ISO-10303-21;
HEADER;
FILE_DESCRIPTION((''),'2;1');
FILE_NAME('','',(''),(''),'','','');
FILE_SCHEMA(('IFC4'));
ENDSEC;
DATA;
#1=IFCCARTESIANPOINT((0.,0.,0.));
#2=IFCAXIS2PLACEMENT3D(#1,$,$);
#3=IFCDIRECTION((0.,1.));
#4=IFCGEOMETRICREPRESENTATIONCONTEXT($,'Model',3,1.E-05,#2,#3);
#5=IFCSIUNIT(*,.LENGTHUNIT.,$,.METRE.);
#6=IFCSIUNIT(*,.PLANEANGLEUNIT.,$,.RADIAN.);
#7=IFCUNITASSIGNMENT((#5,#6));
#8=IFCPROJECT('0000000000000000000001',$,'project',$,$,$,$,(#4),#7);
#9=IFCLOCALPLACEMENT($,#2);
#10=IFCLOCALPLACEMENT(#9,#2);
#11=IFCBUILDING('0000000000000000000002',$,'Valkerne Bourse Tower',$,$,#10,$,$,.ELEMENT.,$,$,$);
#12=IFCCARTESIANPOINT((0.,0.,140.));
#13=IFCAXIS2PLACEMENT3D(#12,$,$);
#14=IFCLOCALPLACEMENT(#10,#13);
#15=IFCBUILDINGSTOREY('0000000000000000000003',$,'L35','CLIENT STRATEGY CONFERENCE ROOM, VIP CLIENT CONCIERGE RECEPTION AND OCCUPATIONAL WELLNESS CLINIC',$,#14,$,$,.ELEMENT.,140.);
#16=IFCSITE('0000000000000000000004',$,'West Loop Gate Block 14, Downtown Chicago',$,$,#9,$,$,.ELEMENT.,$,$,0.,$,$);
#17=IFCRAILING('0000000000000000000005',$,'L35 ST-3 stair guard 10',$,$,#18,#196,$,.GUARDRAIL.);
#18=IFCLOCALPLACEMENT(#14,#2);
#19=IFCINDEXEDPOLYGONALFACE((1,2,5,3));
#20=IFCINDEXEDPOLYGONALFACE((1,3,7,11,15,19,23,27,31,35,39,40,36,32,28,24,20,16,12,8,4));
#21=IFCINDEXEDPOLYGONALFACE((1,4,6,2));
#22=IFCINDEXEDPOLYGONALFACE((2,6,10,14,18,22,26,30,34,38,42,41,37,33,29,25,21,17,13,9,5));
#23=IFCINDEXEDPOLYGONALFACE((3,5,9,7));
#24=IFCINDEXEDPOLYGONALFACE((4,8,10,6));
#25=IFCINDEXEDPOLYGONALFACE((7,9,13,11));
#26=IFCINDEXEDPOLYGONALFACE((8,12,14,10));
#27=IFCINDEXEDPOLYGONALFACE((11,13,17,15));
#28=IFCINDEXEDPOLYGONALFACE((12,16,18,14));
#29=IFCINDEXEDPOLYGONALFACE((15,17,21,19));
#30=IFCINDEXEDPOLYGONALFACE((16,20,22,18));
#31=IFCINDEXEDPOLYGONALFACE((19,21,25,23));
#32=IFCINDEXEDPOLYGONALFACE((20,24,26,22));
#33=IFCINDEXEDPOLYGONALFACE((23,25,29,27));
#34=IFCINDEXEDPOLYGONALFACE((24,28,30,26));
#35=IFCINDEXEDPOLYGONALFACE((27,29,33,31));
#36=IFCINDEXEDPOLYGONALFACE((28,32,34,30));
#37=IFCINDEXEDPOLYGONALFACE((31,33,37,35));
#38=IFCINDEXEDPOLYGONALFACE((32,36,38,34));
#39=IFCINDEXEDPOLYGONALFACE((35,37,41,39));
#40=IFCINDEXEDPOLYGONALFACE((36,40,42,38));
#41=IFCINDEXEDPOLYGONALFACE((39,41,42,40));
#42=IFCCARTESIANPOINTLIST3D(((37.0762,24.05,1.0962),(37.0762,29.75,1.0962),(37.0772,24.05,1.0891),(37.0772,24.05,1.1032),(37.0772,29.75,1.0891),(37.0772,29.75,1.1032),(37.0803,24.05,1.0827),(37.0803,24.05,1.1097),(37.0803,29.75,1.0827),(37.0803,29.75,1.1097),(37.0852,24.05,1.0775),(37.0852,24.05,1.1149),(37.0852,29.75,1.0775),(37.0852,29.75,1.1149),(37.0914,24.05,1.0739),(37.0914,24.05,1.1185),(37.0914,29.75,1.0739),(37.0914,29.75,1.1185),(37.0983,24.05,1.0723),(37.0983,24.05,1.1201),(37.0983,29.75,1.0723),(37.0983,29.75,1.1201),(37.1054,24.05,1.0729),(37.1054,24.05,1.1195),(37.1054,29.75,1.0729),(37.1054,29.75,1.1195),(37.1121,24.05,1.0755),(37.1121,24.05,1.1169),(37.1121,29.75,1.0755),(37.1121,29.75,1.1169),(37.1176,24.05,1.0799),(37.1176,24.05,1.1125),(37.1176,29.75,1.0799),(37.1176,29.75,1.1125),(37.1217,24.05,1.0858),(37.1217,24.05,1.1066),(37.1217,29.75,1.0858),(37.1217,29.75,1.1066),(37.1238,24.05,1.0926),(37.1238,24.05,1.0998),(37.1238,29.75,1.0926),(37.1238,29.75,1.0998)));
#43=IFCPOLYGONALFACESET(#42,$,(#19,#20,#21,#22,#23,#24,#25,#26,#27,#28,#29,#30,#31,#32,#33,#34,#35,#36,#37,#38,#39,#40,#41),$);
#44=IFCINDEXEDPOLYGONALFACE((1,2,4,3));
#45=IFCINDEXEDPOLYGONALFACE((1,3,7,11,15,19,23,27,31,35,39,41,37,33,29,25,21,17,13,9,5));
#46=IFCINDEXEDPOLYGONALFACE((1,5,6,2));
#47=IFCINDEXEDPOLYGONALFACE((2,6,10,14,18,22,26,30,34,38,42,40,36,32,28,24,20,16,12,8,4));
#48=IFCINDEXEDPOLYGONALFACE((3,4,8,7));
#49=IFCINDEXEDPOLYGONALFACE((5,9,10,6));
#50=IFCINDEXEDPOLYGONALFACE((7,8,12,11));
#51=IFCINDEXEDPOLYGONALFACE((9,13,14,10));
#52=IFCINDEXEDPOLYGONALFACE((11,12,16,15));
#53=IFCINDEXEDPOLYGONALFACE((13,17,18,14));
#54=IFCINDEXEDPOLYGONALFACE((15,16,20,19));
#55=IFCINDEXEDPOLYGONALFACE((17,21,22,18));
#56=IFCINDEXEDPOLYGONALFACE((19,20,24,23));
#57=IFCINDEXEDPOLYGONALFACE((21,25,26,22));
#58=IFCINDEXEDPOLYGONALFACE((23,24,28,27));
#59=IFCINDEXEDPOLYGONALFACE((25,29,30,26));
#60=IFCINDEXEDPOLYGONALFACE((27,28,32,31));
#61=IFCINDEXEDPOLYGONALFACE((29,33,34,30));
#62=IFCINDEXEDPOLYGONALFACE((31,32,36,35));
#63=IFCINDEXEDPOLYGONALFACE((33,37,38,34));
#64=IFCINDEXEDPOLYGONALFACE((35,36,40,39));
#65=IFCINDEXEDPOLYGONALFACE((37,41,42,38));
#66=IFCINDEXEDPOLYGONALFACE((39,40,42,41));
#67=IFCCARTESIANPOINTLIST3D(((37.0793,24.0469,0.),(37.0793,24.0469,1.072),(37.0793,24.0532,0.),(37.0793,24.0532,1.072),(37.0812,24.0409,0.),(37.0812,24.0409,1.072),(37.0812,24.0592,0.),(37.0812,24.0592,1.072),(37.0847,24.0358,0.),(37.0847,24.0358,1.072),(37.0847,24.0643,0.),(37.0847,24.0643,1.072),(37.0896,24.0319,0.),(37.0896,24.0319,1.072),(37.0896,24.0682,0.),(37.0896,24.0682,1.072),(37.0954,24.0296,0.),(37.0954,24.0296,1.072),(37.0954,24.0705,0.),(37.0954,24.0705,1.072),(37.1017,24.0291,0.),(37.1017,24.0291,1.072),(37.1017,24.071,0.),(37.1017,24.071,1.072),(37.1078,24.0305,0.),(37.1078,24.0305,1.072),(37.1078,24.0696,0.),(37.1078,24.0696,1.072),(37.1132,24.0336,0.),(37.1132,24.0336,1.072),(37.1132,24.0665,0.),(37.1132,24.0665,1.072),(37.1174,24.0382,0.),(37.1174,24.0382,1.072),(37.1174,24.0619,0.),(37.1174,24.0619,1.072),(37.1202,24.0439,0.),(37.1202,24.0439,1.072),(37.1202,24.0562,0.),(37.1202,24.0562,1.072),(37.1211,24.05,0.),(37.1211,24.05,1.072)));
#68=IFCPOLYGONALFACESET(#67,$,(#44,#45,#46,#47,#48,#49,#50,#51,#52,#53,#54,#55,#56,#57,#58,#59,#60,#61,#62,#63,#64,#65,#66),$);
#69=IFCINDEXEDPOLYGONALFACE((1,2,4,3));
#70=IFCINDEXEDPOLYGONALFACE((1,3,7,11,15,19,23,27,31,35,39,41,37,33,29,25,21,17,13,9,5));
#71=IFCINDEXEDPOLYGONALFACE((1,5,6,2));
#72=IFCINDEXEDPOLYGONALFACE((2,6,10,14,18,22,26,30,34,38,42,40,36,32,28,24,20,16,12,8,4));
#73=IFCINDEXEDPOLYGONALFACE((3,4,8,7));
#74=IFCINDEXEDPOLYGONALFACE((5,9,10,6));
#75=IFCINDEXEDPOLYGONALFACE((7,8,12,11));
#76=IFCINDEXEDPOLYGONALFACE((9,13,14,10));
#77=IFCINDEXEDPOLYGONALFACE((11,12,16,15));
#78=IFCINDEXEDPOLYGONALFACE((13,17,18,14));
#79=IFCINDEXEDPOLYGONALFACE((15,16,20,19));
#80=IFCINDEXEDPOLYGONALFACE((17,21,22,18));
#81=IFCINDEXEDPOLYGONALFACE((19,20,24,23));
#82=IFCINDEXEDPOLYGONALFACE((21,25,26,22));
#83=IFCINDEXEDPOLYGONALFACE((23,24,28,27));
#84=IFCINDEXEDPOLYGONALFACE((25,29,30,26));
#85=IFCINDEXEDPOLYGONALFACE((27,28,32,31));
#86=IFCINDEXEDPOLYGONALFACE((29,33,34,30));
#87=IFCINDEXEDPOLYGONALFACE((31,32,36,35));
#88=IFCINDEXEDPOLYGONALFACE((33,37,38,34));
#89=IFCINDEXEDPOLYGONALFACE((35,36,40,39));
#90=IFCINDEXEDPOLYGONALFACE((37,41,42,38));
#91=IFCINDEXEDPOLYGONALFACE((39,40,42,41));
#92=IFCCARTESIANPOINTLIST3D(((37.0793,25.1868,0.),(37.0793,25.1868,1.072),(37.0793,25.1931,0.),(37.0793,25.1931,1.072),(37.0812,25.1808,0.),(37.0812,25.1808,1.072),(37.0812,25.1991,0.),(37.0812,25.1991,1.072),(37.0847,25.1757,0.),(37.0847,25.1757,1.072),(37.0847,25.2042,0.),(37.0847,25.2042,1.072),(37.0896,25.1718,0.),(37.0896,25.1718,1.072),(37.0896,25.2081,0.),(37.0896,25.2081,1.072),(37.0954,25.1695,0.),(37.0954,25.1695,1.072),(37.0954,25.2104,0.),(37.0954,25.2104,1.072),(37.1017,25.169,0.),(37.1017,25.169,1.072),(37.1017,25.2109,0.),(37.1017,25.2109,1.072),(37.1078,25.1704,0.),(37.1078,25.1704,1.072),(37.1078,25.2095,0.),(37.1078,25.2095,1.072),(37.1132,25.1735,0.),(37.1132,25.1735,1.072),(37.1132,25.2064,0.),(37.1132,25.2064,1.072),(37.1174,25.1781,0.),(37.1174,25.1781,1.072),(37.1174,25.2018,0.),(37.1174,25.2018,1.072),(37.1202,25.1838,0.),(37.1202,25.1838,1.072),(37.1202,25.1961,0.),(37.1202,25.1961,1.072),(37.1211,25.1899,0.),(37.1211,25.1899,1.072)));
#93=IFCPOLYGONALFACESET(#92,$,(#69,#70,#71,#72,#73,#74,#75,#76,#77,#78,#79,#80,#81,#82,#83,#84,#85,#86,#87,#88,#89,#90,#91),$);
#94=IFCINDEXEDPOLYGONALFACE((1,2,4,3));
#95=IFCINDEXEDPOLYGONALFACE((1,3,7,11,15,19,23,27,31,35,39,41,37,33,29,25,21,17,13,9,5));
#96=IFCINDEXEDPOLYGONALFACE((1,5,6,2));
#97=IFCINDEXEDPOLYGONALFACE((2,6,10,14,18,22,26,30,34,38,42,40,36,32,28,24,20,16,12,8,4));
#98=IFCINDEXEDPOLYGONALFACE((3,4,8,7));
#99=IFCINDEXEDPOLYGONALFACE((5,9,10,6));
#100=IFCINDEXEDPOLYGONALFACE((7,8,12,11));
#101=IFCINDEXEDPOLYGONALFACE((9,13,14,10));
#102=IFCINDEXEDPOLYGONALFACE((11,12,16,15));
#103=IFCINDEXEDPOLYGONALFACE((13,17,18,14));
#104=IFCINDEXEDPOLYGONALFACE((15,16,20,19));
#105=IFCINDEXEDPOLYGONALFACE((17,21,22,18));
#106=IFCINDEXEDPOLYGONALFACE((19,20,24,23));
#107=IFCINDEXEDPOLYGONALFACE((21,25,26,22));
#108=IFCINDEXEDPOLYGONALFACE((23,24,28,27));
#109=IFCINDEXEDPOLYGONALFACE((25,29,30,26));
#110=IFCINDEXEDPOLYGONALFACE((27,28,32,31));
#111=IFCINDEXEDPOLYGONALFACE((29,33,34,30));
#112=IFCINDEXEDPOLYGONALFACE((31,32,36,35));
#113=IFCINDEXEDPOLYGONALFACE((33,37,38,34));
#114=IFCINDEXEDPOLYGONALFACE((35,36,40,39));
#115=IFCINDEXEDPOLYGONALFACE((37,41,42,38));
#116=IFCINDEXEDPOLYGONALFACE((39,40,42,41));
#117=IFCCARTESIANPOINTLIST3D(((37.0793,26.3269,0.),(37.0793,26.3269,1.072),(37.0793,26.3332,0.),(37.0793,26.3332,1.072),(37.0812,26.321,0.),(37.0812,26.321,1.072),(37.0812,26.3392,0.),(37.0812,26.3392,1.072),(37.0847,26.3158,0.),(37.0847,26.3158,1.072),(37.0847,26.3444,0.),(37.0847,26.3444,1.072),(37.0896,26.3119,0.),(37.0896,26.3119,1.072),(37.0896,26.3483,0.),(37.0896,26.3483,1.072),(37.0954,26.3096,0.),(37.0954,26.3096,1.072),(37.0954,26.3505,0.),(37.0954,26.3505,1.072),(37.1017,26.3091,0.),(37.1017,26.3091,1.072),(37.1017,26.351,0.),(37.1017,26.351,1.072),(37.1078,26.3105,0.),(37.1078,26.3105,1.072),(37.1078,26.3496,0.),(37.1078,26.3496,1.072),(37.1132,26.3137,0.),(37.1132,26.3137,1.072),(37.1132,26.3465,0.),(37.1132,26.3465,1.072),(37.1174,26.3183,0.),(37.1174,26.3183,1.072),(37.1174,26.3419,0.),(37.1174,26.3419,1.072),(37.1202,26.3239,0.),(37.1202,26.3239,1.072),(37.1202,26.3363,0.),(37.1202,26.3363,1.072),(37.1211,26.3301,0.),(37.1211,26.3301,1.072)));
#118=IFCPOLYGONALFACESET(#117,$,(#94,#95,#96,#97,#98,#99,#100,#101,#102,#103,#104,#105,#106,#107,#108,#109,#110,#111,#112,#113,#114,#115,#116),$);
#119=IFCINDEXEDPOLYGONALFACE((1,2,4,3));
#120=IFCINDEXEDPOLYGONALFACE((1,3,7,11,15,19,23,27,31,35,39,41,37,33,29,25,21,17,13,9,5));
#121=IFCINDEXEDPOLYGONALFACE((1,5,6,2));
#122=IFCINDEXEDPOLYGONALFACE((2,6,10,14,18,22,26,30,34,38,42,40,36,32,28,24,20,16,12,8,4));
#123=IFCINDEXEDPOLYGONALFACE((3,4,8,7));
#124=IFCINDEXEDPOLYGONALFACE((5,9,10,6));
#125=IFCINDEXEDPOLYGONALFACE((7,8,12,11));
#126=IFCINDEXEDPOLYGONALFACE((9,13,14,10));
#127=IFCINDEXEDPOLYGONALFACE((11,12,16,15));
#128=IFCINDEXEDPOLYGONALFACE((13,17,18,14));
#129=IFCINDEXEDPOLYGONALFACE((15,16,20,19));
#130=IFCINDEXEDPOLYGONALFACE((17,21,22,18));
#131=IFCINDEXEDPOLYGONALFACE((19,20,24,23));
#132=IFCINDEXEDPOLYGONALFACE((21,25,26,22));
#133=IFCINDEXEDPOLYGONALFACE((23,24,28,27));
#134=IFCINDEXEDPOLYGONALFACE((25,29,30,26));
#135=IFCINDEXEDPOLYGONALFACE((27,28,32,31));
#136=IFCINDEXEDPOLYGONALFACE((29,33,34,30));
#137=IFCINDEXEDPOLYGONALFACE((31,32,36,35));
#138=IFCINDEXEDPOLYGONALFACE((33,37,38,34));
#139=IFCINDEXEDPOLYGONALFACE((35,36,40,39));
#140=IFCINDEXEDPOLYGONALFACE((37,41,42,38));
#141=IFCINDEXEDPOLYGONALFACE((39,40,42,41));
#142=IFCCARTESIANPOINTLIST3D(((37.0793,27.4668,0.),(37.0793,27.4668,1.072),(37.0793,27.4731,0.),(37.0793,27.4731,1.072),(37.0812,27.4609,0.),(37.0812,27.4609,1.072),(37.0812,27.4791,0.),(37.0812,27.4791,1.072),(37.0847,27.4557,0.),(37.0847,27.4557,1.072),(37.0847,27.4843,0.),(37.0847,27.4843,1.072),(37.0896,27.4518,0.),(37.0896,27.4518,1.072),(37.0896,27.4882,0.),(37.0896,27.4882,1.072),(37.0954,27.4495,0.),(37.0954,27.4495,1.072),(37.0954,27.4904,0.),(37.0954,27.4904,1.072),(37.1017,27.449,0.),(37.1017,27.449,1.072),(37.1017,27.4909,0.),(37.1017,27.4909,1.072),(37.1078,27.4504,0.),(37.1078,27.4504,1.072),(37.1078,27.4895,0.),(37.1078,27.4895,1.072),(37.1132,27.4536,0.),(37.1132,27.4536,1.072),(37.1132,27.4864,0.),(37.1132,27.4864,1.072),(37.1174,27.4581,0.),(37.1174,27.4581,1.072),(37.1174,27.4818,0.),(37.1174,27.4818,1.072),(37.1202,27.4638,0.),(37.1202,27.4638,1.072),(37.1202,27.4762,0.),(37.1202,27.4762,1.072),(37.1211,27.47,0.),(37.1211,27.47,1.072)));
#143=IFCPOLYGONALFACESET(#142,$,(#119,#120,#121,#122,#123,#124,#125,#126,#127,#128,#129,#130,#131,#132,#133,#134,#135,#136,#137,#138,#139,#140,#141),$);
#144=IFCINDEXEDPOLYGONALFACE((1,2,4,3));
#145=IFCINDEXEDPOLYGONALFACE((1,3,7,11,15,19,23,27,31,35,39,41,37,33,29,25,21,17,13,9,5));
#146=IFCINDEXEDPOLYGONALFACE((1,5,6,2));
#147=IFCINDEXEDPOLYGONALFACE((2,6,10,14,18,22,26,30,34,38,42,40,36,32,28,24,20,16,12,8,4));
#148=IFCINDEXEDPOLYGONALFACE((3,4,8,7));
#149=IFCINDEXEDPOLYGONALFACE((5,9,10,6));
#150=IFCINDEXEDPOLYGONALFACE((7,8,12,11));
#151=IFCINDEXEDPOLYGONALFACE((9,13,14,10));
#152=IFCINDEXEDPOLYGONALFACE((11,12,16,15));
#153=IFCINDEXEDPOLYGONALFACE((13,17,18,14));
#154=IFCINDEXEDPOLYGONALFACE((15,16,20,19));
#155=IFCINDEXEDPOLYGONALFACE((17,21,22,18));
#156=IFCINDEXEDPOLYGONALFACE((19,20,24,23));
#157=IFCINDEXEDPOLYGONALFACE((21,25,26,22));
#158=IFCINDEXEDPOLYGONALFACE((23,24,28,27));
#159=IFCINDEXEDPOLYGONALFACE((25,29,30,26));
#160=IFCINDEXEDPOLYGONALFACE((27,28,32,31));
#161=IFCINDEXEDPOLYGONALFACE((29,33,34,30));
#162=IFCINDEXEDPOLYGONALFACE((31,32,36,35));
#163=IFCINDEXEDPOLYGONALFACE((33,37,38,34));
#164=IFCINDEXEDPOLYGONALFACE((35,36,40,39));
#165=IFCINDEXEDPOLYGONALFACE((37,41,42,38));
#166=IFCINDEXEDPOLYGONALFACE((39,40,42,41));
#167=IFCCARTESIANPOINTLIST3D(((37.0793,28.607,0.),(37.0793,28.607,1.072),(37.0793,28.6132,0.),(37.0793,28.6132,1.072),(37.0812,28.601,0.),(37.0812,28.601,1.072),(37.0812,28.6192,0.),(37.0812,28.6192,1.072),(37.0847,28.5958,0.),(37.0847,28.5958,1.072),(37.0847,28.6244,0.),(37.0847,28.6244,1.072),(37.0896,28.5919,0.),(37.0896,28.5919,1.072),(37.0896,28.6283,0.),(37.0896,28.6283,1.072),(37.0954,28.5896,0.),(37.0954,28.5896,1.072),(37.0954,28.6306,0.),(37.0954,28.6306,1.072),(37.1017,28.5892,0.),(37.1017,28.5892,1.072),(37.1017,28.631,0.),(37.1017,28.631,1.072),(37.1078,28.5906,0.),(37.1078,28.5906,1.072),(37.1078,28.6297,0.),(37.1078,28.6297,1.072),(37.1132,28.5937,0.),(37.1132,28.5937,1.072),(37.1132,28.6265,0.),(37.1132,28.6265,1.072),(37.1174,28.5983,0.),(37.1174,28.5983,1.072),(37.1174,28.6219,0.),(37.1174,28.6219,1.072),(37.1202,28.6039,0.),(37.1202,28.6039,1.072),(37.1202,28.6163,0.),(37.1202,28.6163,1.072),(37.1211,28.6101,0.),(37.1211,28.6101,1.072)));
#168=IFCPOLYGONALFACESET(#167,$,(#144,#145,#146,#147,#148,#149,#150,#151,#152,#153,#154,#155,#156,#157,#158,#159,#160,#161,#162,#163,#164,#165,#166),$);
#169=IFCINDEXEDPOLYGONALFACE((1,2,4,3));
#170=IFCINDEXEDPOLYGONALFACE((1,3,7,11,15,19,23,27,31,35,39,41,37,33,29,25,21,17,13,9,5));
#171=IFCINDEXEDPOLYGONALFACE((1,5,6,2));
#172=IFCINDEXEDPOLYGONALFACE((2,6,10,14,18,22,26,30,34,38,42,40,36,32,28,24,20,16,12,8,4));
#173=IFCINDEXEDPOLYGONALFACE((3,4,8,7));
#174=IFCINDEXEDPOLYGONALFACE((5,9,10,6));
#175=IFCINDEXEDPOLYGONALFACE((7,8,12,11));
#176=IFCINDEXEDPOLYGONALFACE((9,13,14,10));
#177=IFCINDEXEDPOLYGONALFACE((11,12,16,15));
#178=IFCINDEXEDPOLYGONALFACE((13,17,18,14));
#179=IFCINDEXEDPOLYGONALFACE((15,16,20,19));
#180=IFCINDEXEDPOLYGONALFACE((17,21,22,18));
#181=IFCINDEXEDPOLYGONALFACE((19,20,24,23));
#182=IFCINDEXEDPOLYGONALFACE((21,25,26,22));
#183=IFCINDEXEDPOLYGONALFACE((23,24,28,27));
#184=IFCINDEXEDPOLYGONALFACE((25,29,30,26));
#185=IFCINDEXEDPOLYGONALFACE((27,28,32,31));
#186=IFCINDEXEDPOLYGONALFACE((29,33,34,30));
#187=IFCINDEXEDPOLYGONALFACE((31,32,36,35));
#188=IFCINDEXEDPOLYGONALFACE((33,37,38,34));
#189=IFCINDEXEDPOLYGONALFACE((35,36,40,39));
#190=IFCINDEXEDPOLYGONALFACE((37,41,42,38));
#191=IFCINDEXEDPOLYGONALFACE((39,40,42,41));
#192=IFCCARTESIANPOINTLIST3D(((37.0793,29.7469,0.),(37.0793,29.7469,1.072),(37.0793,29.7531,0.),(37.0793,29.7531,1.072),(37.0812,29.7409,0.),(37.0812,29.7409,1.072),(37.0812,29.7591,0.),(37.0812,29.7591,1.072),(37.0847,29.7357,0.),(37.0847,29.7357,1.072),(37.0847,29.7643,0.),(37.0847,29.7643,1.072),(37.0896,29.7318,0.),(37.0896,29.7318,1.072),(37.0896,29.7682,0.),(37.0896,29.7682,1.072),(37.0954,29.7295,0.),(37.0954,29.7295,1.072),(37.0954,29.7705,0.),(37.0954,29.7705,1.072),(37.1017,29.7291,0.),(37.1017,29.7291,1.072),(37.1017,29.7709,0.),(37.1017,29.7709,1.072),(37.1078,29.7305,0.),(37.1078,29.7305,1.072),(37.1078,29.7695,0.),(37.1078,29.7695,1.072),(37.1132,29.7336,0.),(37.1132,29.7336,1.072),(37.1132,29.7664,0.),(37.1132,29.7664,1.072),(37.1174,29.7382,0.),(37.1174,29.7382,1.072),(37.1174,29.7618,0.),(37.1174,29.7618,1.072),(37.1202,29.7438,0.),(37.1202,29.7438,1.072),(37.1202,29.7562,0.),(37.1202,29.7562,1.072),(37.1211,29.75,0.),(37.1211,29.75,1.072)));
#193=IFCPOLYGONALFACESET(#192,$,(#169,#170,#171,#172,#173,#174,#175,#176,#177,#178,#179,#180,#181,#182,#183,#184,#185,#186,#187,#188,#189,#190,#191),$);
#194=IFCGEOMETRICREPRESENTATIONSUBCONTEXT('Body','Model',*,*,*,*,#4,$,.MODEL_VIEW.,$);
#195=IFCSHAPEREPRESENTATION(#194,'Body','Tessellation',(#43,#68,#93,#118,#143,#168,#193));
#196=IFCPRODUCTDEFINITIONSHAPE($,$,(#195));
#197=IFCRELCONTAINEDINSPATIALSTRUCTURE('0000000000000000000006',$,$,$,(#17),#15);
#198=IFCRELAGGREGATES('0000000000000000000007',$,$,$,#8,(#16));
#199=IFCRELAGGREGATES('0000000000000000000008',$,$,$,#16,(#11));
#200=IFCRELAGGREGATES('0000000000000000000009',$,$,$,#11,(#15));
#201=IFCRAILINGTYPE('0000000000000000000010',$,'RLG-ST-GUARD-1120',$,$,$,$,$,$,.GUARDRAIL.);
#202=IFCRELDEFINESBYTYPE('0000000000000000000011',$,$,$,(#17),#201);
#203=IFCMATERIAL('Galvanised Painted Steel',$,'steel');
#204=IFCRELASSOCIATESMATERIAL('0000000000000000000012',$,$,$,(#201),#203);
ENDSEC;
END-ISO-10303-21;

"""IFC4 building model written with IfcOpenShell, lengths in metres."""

from ifc_helpers import new_model, si_unit, direction, frame, origin, origin_2d, place, context, subcontext, project, spatial, circle, extrude, material, type_object, element, save


model = new_model("IFC4")

# Units and contexts
model_context = context("Model", 3, precision=1e-05, world=origin(), true_north=direction((0.0, 1.0)))
body_context = subcontext(model_context, "Body", "Model", "MODEL_VIEW")
ifc_project = project(units=[si_unit("LENGTHUNIT", "METRE"), si_unit("PLANEANGLEUNIT", "RADIAN")], contexts=[model_context])

# Site, building, storey
site_placement = place(None, origin())
site = spatial("IfcSite", under=ifc_project, at=site_placement, Name="West Loop Gate Block 14, Downtown Chicago", CompositionType="ELEMENT", RefElevation=0.0)
building_placement = place(site_placement, origin())
building = spatial("IfcBuilding", under=site, at=building_placement, Name="Valkerne Bourse Tower", CompositionType="ELEMENT")
storey_placement = place(building_placement, frame((0.0, 0.0, 140.0)))
storey = spatial("IfcBuildingStorey", under=building, at=storey_placement, Name="L35", Description="CLIENT STRATEGY CONFERENCE ROOM, VIP CLIENT CONCIERGE RECEPTION AND OCCUPATIONAL WELLNESS CLINIC", CompositionType="ELEMENT", Elevation=140.0)

# Railing
ifc_material_1 = material(Name="Galvanised Painted Steel", Category="steel")
railing_type_1 = type_object("IfcRailingType", Name="RLG-ST-GUARD-1120", PredefinedType="GUARDRAIL", material=ifc_material_1)
railing_1_placement = place(storey_placement, frame((37.1001, 24.05, 0.0)))
element("IfcRailing", 1, at=railing_1_placement, inside=storey, type_object=railing_type_1, Name="L35 ST-3 stair guard 10", PredefinedType="GUARDRAIL", context=body_context, shape_type="SweptSolid", body=[
    extrude(circle(Radius=0.0239, at=origin_2d()), frame((0.0, 0.0, 1.0962), z_axis=(0.0, 1.0, 0.0), x_axis=(-1.0, 0.0, 0.0)), (0.0, 0.0, 1.0), 5.7),
    extrude(circle(Radius=0.021, at=origin_2d()), origin(), (0.0, 0.0, 1.0), 1.072),
    extrude(circle(Radius=0.021, at=origin_2d()), frame((0.0, 1.1399, 0.0)), (0.0, 0.0, 1.0), 1.072),
    extrude(circle(Radius=0.021, at=origin_2d()), frame((0.0, 2.28, 0.0)), (0.0, 0.0, 1.0), 1.072),
    extrude(circle(Radius=0.021, at=origin_2d()), frame((0.0, 3.4199, 0.0)), (0.0, 0.0, 1.0), 1.072),
    extrude(circle(Radius=0.021, at=origin_2d()), frame((0.0, 4.5601, 0.0)), (0.0, 0.0, 1.0), 1.072),
    extrude(circle(Radius=0.021, at=origin_2d()), frame((0.0, 5.7, 0.0)), (0.0, 0.0, 1.0), 1.072),
])

save(model, "model.ifc")
